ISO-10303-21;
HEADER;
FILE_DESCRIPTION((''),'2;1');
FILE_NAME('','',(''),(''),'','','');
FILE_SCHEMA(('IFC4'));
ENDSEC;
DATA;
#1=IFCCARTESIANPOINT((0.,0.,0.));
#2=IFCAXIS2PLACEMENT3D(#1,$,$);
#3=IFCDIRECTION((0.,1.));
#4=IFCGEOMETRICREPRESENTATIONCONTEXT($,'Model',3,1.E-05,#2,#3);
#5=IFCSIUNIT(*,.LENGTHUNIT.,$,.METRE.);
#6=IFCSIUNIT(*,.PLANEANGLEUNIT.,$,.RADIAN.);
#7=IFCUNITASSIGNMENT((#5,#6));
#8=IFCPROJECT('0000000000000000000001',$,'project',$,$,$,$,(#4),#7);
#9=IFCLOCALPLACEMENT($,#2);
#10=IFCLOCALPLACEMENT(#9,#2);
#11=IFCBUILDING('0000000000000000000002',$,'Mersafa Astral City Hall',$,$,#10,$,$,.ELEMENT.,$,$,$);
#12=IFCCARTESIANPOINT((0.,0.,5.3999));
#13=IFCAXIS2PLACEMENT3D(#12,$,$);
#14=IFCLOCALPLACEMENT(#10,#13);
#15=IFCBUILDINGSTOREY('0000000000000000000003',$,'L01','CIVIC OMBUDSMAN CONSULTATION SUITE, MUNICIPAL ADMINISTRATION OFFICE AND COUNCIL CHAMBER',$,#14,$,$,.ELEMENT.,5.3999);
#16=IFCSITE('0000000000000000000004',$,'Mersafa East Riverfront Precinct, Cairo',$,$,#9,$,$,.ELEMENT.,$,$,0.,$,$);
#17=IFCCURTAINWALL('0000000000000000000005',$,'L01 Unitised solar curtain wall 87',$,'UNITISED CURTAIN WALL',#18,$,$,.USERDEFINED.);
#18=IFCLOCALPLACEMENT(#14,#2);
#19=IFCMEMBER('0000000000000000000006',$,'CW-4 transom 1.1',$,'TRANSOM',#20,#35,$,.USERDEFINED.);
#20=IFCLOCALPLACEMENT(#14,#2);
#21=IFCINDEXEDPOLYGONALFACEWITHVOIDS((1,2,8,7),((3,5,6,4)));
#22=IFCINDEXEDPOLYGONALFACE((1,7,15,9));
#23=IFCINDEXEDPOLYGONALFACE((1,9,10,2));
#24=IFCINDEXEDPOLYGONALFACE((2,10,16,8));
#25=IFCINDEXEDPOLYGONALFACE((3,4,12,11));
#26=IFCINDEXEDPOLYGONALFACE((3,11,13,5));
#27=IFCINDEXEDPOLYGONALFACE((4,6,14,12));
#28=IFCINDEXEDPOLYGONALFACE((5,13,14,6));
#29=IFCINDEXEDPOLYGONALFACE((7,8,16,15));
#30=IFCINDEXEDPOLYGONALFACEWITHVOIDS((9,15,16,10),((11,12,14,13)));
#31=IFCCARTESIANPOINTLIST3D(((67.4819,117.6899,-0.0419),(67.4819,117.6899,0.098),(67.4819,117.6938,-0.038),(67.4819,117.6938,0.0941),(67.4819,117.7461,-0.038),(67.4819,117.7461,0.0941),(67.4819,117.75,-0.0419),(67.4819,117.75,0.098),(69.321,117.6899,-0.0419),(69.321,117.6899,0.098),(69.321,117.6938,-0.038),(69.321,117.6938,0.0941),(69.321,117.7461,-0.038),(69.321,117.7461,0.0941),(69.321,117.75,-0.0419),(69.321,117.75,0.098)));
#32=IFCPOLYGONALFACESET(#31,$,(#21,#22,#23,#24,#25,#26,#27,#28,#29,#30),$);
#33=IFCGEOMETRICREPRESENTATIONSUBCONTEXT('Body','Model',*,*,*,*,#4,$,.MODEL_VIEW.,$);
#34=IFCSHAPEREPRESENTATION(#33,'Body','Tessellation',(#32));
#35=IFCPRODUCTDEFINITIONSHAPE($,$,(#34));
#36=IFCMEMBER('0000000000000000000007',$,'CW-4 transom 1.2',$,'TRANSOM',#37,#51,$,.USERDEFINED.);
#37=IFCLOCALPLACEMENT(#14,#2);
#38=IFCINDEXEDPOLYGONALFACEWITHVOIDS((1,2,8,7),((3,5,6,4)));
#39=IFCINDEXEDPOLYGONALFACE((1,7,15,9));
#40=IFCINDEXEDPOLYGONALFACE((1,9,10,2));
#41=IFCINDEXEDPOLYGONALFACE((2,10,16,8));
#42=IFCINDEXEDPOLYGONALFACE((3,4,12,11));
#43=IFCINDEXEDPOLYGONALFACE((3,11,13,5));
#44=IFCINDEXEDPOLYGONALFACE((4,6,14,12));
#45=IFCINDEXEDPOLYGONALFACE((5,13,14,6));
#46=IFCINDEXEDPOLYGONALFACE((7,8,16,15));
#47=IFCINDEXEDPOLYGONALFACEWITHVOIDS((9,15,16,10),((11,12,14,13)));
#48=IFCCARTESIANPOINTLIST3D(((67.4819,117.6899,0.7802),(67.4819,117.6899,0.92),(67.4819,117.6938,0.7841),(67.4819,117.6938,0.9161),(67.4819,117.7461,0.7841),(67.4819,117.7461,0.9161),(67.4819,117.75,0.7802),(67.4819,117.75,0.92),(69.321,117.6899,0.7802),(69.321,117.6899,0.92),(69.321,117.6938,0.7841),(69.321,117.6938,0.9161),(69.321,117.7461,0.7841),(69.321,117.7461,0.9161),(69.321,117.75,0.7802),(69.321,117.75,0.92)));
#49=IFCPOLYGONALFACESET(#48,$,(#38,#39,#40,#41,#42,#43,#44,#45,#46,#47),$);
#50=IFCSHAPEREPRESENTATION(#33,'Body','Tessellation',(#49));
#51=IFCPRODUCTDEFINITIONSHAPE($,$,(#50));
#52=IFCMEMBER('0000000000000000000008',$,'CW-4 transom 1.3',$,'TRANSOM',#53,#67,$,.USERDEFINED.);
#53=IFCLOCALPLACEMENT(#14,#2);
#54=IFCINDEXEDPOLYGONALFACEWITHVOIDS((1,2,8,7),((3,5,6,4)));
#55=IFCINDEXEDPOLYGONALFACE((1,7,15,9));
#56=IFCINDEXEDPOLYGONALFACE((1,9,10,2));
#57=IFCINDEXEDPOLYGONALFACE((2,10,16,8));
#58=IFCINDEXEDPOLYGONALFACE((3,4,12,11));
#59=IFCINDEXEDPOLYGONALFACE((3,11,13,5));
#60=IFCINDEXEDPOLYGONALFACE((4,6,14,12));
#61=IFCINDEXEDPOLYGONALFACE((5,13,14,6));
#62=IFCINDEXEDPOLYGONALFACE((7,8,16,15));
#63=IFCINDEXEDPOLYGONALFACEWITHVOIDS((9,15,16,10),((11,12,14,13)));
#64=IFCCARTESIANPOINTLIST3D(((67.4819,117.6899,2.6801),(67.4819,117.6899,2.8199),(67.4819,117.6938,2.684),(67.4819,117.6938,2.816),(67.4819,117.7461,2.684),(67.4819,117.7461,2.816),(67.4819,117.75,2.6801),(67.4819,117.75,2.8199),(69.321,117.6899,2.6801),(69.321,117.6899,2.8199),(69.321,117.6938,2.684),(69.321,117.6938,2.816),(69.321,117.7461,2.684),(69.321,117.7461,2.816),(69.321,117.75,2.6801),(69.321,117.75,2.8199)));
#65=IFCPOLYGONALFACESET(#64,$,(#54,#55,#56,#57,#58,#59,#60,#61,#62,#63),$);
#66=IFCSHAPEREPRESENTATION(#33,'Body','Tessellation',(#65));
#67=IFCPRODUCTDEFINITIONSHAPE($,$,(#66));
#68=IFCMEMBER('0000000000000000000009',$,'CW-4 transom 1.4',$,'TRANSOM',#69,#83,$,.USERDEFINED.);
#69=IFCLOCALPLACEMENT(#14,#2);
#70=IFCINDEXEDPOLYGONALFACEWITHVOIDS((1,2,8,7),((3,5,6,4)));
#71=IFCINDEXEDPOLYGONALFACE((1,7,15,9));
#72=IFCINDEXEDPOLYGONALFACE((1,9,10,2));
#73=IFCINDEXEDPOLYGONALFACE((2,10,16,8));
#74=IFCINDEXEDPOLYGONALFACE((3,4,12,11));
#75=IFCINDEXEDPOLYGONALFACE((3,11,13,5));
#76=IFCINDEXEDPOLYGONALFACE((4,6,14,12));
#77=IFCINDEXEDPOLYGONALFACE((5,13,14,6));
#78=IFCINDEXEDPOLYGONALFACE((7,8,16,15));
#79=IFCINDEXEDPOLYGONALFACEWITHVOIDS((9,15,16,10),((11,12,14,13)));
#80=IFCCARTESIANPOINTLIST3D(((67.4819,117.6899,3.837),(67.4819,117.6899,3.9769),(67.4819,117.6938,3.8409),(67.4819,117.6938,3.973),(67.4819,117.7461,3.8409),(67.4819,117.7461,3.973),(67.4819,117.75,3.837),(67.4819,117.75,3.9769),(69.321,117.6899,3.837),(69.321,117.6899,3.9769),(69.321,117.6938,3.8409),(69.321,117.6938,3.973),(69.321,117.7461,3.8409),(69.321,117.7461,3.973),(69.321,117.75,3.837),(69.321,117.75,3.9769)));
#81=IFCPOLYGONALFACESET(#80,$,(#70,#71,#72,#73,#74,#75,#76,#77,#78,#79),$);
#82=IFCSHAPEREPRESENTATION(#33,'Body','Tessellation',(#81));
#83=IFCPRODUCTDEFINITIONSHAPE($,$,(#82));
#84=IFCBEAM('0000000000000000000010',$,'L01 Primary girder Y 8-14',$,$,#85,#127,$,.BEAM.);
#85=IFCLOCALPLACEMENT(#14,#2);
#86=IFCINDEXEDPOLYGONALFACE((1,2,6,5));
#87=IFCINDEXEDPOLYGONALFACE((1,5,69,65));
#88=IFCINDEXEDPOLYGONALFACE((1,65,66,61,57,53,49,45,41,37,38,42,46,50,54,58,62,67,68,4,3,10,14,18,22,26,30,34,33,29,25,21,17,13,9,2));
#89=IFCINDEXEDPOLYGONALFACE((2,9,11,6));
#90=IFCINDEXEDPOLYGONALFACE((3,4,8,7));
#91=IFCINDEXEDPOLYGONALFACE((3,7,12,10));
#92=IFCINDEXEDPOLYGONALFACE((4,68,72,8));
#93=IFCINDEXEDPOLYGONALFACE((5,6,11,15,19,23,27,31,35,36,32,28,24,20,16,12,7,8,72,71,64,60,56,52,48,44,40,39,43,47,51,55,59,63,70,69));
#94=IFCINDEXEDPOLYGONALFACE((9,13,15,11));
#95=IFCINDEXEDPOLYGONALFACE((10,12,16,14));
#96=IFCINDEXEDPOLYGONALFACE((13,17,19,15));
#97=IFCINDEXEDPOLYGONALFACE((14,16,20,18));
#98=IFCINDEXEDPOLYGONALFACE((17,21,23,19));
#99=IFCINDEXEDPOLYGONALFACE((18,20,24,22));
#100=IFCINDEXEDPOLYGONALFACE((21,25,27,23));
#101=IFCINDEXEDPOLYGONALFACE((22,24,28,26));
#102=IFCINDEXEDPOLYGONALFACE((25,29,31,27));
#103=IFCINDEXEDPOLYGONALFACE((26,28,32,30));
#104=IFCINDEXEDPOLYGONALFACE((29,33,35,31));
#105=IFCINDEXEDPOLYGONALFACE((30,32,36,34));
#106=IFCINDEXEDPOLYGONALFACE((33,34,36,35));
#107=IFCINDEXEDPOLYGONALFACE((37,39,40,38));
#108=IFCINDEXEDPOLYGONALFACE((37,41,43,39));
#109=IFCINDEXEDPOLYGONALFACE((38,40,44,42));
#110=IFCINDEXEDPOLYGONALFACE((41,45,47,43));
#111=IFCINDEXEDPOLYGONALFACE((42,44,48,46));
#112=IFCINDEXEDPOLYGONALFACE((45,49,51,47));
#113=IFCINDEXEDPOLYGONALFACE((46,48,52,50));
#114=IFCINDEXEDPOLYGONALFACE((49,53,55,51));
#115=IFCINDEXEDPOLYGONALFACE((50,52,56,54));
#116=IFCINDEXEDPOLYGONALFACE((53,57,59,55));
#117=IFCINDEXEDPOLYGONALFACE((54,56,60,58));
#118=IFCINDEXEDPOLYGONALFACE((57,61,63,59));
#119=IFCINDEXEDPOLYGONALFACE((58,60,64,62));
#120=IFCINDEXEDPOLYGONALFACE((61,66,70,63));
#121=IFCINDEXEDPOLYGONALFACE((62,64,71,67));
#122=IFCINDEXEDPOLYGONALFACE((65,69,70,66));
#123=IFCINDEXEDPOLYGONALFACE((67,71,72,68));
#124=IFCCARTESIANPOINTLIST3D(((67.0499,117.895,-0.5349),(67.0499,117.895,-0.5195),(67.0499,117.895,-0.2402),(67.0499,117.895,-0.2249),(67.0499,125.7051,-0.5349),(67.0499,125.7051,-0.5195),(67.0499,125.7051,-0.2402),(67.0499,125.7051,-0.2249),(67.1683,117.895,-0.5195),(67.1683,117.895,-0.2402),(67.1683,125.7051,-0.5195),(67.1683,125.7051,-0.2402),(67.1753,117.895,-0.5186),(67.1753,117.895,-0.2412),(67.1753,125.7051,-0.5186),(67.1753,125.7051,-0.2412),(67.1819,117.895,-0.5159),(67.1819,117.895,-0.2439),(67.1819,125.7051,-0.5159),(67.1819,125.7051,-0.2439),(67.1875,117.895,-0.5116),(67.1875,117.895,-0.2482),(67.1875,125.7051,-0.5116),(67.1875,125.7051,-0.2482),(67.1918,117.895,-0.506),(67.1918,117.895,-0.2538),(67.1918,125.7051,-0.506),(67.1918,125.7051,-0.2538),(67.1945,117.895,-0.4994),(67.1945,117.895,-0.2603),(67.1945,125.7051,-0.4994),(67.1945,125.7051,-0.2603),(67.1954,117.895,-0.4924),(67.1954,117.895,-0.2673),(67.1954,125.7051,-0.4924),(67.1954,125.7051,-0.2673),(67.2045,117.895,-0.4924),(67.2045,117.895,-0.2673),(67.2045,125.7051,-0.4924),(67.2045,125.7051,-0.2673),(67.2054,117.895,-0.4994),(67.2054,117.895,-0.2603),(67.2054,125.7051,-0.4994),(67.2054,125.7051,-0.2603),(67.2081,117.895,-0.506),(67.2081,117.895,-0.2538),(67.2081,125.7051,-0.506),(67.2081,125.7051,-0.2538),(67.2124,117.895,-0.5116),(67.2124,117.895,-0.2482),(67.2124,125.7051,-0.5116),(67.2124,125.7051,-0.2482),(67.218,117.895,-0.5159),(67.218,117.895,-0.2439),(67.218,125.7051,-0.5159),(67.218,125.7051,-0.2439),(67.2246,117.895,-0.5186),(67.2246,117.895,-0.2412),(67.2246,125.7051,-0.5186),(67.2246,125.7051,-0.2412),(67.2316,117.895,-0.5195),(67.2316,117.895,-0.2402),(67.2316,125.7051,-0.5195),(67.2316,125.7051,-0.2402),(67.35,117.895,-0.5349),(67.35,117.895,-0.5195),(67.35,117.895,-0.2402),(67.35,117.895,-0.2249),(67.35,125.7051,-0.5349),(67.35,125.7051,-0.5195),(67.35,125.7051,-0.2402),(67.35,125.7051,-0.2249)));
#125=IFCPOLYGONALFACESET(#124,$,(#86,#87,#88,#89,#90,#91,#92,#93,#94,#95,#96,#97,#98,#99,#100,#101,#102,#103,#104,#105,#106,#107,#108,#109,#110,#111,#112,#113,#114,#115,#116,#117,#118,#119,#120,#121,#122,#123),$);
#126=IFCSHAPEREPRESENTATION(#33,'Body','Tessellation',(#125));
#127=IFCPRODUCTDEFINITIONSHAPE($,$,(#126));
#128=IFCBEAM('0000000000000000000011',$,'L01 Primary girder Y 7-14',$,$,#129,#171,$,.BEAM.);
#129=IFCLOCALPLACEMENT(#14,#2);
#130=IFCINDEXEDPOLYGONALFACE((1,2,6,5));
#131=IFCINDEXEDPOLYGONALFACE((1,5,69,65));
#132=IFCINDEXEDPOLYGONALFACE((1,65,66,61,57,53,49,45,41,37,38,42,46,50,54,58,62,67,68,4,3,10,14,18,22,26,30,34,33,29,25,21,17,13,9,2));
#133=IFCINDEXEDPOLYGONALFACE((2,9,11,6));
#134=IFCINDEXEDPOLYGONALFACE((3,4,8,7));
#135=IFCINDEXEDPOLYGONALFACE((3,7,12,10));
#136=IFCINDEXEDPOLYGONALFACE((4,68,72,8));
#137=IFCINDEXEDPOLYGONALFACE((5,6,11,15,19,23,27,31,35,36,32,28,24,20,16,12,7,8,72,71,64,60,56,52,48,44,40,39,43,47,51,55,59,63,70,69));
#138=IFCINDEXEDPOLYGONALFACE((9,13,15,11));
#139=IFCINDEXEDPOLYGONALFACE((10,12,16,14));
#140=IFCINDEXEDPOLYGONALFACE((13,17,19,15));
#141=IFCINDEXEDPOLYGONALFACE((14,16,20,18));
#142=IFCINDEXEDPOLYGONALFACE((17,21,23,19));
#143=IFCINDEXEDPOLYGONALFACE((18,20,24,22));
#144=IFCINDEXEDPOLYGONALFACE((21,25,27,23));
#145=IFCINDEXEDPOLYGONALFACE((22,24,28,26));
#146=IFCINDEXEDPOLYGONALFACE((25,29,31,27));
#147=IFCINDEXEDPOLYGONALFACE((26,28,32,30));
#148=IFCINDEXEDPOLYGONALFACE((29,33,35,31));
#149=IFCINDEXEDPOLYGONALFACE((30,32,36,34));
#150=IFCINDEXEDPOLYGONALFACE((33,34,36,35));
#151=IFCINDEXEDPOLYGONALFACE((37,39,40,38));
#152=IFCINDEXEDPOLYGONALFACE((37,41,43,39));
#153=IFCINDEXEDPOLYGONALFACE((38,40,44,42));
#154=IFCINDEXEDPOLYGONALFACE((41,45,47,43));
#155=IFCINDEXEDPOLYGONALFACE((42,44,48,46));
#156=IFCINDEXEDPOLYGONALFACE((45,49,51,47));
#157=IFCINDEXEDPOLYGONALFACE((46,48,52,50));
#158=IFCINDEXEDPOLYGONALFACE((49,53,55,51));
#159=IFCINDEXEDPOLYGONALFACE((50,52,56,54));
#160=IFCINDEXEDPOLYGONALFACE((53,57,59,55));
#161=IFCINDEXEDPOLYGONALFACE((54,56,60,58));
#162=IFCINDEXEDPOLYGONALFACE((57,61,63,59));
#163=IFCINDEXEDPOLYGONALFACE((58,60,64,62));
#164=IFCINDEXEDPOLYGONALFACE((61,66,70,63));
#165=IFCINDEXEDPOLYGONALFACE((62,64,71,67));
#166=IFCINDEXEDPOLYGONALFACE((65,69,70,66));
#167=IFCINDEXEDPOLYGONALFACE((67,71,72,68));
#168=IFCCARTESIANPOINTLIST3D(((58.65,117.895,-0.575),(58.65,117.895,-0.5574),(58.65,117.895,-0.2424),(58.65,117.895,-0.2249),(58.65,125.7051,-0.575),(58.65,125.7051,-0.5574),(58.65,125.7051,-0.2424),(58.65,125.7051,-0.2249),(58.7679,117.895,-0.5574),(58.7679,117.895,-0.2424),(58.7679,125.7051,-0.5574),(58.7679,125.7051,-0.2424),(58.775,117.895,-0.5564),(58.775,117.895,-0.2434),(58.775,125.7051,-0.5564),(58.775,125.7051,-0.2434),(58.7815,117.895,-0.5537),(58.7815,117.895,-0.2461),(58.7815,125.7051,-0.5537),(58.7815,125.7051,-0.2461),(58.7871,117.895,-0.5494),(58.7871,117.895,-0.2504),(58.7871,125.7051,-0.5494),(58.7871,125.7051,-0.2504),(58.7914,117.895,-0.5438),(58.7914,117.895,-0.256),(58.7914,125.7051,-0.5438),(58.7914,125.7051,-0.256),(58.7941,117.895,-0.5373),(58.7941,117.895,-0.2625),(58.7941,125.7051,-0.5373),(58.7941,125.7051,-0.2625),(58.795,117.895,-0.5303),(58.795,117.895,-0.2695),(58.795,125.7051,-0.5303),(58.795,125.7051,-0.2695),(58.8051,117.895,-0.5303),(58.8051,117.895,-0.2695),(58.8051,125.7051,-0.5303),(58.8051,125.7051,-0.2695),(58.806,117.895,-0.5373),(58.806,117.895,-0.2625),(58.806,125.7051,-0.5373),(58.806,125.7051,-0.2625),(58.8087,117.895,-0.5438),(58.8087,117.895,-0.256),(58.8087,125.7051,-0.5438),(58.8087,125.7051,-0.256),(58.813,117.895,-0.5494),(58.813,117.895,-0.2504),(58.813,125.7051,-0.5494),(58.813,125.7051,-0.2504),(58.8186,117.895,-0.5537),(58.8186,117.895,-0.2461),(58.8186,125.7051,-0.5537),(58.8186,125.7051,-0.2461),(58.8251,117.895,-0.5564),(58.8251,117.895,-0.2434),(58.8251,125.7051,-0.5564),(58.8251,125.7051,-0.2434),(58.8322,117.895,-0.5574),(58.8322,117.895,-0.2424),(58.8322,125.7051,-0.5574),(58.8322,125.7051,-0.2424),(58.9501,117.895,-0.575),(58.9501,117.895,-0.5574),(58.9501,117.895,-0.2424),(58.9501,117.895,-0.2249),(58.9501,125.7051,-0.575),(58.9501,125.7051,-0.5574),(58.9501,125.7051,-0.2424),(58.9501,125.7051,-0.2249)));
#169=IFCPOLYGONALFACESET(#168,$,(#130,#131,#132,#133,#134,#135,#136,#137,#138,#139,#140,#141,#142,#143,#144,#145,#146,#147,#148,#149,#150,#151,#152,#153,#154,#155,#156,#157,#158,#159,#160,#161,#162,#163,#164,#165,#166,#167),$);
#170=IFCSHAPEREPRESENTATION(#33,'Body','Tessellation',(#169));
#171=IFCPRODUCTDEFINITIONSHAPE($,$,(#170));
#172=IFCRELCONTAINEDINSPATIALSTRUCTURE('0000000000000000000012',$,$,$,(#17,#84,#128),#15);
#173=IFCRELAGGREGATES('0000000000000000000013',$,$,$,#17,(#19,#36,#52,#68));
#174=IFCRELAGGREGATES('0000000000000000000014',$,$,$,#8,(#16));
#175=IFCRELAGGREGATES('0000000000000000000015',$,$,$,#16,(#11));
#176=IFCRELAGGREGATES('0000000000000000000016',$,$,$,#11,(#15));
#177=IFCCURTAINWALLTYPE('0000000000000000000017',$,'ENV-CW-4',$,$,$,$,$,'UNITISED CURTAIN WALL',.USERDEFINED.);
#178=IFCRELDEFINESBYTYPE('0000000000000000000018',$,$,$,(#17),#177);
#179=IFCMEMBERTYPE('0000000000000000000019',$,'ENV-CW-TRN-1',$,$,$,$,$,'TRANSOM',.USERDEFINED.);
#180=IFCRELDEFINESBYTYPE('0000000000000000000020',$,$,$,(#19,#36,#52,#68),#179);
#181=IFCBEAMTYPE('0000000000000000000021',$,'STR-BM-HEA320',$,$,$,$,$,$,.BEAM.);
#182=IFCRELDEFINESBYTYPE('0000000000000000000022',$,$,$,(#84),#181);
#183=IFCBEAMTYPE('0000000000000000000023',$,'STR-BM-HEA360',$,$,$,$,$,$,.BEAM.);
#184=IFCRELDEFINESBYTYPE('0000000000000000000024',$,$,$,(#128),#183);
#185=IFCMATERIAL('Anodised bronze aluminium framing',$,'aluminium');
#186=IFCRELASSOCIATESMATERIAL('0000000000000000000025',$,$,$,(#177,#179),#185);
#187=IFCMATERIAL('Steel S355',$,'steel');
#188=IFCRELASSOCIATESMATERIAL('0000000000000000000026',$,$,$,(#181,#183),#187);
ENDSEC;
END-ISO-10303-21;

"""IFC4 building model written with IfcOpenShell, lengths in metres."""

from ifc_helpers import new_model, si_unit, direction, frame, origin, origin_2d, place, context, subcontext, project, spatial, hollow_rectangle, i_section, extrude, material, material_profile, profile_set, type_object, element, aggregate, save


model = new_model("IFC4")

# Units and contexts
model_context = context("Model", 3, precision=1e-05, world=origin(), true_north=direction((0.0, 1.0)))
body_context = subcontext(model_context, "Body", "Model", "MODEL_VIEW")
ifc_project = project(units=[si_unit("LENGTHUNIT", "METRE"), si_unit("PLANEANGLEUNIT", "RADIAN")], contexts=[model_context])

# Site, building, storey
site_placement = place(None, origin())
site = spatial("IfcSite", under=ifc_project, at=site_placement, Name="Mersafa East Riverfront Precinct, Cairo", CompositionType="ELEMENT", RefElevation=0.0)
building_placement = place(site_placement, origin())
building = spatial("IfcBuilding", under=site, at=building_placement, Name="Mersafa Astral City Hall", CompositionType="ELEMENT")
storey_placement = place(building_placement, frame((0.0, 0.0, 5.3999)))
storey = spatial("IfcBuildingStorey", under=building, at=storey_placement, Name="L01", Description="CIVIC OMBUDSMAN CONSULTATION SUITE, MUNICIPAL ADMINISTRATION OFFICE AND COUNCIL CHAMBER", CompositionType="ELEMENT", Elevation=5.3999)

# Shared definitions
ifc_material_1 = material(Name="Steel S355", Category="steel")

# Curtain wall, members
ifc_material_2 = material(Name="Anodised bronze aluminium framing", Category="aluminium")
curtain_wall_type = type_object("IfcCurtainWallType", Name="ENV-CW-4", ElementType="UNITISED CURTAIN WALL", PredefinedType="USERDEFINED", material=ifc_material_2)
curtain_wall_placement = place(storey_placement, origin())
curtain_wall = element("IfcCurtainWall", 1, at=curtain_wall_placement, inside=storey, type_object=curtain_wall_type, Name="L01 Unitised solar curtain wall 87", ObjectType="UNITISED CURTAIN WALL", PredefinedType="USERDEFINED")
ifc_material_profile_1 = material_profile(ifc_material_2, hollow_rectangle(XDim=0.0601, YDim=0.1399, WallThickness=0.0039, at=origin_2d()), Name="RHS 60x140x4")
ifc_profile_set_1 = profile_set([ifc_material_profile_1], Name="Anodised bronze aluminium framing")
member_type_1 = type_object("IfcMemberType", Name="ENV-CW-TRN-1", ElementType="TRANSOM", PredefinedType="USERDEFINED", material=ifc_profile_set_1)
member_1_placement = place(storey_placement, frame((67.4819, 117.72, 0.0281), z_axis=(1.0, 0.0, 0.0), x_axis=(0.0, 1.0, 0.0)))
member_1 = element("IfcMember", 2, at=member_1_placement, type_object=member_type_1, Name="CW-4 transom 1.1", ObjectType="TRANSOM", PredefinedType="USERDEFINED", context=body_context, shape_type="SweptSolid", body=[
    extrude(hollow_rectangle(XDim=0.0601, YDim=0.1399, WallThickness=0.0039, at=origin_2d()), origin(), (0.0, 0.0, 1.0), 1.8391),
])
member_2_placement = place(storey_placement, frame((67.4819, 117.72, 0.8501), z_axis=(1.0, 0.0, 0.0), x_axis=(0.0, 1.0, 0.0)))
member_2 = element("IfcMember", 3, at=member_2_placement, type_object=member_type_1, Name="CW-4 transom 1.2", ObjectType="TRANSOM", PredefinedType="USERDEFINED", context=body_context, shape_type="SweptSolid", body=[
    extrude(hollow_rectangle(XDim=0.0601, YDim=0.1399, WallThickness=0.0039, at=origin_2d()), origin(), (0.0, 0.0, 1.0), 1.8391),
])
member_3_placement = place(storey_placement, frame((67.4819, 117.72, 2.75), z_axis=(1.0, 0.0, 0.0), x_axis=(0.0, 1.0, 0.0)))
member_3 = element("IfcMember", 4, at=member_3_placement, type_object=member_type_1, Name="CW-4 transom 1.3", ObjectType="TRANSOM", PredefinedType="USERDEFINED", context=body_context, shape_type="SweptSolid", body=[
    extrude(hollow_rectangle(XDim=0.0601, YDim=0.1399, WallThickness=0.0039, at=origin_2d()), origin(), (0.0, 0.0, 1.0), 1.8391),
])
member_4_placement = place(storey_placement, frame((67.4819, 117.72, 3.907), z_axis=(1.0, 0.0, 0.0), x_axis=(0.0, 1.0, 0.0)))
member_4 = element("IfcMember", 5, at=member_4_placement, type_object=member_type_1, Name="CW-4 transom 1.4", ObjectType="TRANSOM", PredefinedType="USERDEFINED", context=body_context, shape_type="SweptSolid", body=[
    extrude(hollow_rectangle(XDim=0.0601, YDim=0.1399, WallThickness=0.0039, at=origin_2d()), origin(), (0.0, 0.0, 1.0), 1.8391),
])
aggregate(curtain_wall, [member_1, member_2, member_3, member_4])

# Beams
ifc_material_profile_2 = material_profile(ifc_material_1, i_section(OverallWidth=0.3, OverallDepth=0.3101, WebThickness=0.009, FlangeThickness=0.0154, FilletRadius=0.0271, at=origin_2d()), Name="HEA 320")
ifc_profile_set_2 = profile_set([ifc_material_profile_2], Name="Steel S355")
beam_type_1 = type_object("IfcBeamType", Name="STR-BM-HEA320", PredefinedType="BEAM", material=ifc_profile_set_2)
beam_1_placement = place(storey_placement, frame((67.2, 117.895, -0.3799), z_axis=(0.0, 1.0, 0.0), x_axis=(-1.0, 0.0, 0.0)))
element("IfcBeam", 6, at=beam_1_placement, inside=storey, type_object=beam_type_1, Name="L01 Primary girder Y 8-14", PredefinedType="BEAM", context=body_context, shape_type="SweptSolid", body=[
    extrude(i_section(OverallWidth=0.3, OverallDepth=0.3101, WebThickness=0.009, FlangeThickness=0.0154, FilletRadius=0.0271, at=origin_2d()), origin(), (0.0, 0.0, 1.0), 7.8101),
])
ifc_material_profile_3 = material_profile(ifc_material_1, i_section(OverallWidth=0.3, OverallDepth=0.3501, WebThickness=0.01, FlangeThickness=0.0176, FilletRadius=0.0271, at=origin_2d()), Name="HEA 360")
ifc_profile_set_3 = profile_set([ifc_material_profile_3], Name="Steel S355")
beam_type_2 = type_object("IfcBeamType", Name="STR-BM-HEA360", PredefinedType="BEAM", material=ifc_profile_set_3)
beam_2_placement = place(storey_placement, frame((58.8, 117.895, -0.3999), z_axis=(0.0, 1.0, 0.0), x_axis=(-1.0, 0.0, 0.0)))
element("IfcBeam", 7, at=beam_2_placement, inside=storey, type_object=beam_type_2, Name="L01 Primary girder Y 7-14", PredefinedType="BEAM", context=body_context, shape_type="SweptSolid", body=[
    extrude(i_section(OverallWidth=0.3, OverallDepth=0.3501, WebThickness=0.01, FlangeThickness=0.0176, FilletRadius=0.0271, at=origin_2d()), origin(), (0.0, 0.0, 1.0), 7.8101),
])

save(model, "model.ifc")
